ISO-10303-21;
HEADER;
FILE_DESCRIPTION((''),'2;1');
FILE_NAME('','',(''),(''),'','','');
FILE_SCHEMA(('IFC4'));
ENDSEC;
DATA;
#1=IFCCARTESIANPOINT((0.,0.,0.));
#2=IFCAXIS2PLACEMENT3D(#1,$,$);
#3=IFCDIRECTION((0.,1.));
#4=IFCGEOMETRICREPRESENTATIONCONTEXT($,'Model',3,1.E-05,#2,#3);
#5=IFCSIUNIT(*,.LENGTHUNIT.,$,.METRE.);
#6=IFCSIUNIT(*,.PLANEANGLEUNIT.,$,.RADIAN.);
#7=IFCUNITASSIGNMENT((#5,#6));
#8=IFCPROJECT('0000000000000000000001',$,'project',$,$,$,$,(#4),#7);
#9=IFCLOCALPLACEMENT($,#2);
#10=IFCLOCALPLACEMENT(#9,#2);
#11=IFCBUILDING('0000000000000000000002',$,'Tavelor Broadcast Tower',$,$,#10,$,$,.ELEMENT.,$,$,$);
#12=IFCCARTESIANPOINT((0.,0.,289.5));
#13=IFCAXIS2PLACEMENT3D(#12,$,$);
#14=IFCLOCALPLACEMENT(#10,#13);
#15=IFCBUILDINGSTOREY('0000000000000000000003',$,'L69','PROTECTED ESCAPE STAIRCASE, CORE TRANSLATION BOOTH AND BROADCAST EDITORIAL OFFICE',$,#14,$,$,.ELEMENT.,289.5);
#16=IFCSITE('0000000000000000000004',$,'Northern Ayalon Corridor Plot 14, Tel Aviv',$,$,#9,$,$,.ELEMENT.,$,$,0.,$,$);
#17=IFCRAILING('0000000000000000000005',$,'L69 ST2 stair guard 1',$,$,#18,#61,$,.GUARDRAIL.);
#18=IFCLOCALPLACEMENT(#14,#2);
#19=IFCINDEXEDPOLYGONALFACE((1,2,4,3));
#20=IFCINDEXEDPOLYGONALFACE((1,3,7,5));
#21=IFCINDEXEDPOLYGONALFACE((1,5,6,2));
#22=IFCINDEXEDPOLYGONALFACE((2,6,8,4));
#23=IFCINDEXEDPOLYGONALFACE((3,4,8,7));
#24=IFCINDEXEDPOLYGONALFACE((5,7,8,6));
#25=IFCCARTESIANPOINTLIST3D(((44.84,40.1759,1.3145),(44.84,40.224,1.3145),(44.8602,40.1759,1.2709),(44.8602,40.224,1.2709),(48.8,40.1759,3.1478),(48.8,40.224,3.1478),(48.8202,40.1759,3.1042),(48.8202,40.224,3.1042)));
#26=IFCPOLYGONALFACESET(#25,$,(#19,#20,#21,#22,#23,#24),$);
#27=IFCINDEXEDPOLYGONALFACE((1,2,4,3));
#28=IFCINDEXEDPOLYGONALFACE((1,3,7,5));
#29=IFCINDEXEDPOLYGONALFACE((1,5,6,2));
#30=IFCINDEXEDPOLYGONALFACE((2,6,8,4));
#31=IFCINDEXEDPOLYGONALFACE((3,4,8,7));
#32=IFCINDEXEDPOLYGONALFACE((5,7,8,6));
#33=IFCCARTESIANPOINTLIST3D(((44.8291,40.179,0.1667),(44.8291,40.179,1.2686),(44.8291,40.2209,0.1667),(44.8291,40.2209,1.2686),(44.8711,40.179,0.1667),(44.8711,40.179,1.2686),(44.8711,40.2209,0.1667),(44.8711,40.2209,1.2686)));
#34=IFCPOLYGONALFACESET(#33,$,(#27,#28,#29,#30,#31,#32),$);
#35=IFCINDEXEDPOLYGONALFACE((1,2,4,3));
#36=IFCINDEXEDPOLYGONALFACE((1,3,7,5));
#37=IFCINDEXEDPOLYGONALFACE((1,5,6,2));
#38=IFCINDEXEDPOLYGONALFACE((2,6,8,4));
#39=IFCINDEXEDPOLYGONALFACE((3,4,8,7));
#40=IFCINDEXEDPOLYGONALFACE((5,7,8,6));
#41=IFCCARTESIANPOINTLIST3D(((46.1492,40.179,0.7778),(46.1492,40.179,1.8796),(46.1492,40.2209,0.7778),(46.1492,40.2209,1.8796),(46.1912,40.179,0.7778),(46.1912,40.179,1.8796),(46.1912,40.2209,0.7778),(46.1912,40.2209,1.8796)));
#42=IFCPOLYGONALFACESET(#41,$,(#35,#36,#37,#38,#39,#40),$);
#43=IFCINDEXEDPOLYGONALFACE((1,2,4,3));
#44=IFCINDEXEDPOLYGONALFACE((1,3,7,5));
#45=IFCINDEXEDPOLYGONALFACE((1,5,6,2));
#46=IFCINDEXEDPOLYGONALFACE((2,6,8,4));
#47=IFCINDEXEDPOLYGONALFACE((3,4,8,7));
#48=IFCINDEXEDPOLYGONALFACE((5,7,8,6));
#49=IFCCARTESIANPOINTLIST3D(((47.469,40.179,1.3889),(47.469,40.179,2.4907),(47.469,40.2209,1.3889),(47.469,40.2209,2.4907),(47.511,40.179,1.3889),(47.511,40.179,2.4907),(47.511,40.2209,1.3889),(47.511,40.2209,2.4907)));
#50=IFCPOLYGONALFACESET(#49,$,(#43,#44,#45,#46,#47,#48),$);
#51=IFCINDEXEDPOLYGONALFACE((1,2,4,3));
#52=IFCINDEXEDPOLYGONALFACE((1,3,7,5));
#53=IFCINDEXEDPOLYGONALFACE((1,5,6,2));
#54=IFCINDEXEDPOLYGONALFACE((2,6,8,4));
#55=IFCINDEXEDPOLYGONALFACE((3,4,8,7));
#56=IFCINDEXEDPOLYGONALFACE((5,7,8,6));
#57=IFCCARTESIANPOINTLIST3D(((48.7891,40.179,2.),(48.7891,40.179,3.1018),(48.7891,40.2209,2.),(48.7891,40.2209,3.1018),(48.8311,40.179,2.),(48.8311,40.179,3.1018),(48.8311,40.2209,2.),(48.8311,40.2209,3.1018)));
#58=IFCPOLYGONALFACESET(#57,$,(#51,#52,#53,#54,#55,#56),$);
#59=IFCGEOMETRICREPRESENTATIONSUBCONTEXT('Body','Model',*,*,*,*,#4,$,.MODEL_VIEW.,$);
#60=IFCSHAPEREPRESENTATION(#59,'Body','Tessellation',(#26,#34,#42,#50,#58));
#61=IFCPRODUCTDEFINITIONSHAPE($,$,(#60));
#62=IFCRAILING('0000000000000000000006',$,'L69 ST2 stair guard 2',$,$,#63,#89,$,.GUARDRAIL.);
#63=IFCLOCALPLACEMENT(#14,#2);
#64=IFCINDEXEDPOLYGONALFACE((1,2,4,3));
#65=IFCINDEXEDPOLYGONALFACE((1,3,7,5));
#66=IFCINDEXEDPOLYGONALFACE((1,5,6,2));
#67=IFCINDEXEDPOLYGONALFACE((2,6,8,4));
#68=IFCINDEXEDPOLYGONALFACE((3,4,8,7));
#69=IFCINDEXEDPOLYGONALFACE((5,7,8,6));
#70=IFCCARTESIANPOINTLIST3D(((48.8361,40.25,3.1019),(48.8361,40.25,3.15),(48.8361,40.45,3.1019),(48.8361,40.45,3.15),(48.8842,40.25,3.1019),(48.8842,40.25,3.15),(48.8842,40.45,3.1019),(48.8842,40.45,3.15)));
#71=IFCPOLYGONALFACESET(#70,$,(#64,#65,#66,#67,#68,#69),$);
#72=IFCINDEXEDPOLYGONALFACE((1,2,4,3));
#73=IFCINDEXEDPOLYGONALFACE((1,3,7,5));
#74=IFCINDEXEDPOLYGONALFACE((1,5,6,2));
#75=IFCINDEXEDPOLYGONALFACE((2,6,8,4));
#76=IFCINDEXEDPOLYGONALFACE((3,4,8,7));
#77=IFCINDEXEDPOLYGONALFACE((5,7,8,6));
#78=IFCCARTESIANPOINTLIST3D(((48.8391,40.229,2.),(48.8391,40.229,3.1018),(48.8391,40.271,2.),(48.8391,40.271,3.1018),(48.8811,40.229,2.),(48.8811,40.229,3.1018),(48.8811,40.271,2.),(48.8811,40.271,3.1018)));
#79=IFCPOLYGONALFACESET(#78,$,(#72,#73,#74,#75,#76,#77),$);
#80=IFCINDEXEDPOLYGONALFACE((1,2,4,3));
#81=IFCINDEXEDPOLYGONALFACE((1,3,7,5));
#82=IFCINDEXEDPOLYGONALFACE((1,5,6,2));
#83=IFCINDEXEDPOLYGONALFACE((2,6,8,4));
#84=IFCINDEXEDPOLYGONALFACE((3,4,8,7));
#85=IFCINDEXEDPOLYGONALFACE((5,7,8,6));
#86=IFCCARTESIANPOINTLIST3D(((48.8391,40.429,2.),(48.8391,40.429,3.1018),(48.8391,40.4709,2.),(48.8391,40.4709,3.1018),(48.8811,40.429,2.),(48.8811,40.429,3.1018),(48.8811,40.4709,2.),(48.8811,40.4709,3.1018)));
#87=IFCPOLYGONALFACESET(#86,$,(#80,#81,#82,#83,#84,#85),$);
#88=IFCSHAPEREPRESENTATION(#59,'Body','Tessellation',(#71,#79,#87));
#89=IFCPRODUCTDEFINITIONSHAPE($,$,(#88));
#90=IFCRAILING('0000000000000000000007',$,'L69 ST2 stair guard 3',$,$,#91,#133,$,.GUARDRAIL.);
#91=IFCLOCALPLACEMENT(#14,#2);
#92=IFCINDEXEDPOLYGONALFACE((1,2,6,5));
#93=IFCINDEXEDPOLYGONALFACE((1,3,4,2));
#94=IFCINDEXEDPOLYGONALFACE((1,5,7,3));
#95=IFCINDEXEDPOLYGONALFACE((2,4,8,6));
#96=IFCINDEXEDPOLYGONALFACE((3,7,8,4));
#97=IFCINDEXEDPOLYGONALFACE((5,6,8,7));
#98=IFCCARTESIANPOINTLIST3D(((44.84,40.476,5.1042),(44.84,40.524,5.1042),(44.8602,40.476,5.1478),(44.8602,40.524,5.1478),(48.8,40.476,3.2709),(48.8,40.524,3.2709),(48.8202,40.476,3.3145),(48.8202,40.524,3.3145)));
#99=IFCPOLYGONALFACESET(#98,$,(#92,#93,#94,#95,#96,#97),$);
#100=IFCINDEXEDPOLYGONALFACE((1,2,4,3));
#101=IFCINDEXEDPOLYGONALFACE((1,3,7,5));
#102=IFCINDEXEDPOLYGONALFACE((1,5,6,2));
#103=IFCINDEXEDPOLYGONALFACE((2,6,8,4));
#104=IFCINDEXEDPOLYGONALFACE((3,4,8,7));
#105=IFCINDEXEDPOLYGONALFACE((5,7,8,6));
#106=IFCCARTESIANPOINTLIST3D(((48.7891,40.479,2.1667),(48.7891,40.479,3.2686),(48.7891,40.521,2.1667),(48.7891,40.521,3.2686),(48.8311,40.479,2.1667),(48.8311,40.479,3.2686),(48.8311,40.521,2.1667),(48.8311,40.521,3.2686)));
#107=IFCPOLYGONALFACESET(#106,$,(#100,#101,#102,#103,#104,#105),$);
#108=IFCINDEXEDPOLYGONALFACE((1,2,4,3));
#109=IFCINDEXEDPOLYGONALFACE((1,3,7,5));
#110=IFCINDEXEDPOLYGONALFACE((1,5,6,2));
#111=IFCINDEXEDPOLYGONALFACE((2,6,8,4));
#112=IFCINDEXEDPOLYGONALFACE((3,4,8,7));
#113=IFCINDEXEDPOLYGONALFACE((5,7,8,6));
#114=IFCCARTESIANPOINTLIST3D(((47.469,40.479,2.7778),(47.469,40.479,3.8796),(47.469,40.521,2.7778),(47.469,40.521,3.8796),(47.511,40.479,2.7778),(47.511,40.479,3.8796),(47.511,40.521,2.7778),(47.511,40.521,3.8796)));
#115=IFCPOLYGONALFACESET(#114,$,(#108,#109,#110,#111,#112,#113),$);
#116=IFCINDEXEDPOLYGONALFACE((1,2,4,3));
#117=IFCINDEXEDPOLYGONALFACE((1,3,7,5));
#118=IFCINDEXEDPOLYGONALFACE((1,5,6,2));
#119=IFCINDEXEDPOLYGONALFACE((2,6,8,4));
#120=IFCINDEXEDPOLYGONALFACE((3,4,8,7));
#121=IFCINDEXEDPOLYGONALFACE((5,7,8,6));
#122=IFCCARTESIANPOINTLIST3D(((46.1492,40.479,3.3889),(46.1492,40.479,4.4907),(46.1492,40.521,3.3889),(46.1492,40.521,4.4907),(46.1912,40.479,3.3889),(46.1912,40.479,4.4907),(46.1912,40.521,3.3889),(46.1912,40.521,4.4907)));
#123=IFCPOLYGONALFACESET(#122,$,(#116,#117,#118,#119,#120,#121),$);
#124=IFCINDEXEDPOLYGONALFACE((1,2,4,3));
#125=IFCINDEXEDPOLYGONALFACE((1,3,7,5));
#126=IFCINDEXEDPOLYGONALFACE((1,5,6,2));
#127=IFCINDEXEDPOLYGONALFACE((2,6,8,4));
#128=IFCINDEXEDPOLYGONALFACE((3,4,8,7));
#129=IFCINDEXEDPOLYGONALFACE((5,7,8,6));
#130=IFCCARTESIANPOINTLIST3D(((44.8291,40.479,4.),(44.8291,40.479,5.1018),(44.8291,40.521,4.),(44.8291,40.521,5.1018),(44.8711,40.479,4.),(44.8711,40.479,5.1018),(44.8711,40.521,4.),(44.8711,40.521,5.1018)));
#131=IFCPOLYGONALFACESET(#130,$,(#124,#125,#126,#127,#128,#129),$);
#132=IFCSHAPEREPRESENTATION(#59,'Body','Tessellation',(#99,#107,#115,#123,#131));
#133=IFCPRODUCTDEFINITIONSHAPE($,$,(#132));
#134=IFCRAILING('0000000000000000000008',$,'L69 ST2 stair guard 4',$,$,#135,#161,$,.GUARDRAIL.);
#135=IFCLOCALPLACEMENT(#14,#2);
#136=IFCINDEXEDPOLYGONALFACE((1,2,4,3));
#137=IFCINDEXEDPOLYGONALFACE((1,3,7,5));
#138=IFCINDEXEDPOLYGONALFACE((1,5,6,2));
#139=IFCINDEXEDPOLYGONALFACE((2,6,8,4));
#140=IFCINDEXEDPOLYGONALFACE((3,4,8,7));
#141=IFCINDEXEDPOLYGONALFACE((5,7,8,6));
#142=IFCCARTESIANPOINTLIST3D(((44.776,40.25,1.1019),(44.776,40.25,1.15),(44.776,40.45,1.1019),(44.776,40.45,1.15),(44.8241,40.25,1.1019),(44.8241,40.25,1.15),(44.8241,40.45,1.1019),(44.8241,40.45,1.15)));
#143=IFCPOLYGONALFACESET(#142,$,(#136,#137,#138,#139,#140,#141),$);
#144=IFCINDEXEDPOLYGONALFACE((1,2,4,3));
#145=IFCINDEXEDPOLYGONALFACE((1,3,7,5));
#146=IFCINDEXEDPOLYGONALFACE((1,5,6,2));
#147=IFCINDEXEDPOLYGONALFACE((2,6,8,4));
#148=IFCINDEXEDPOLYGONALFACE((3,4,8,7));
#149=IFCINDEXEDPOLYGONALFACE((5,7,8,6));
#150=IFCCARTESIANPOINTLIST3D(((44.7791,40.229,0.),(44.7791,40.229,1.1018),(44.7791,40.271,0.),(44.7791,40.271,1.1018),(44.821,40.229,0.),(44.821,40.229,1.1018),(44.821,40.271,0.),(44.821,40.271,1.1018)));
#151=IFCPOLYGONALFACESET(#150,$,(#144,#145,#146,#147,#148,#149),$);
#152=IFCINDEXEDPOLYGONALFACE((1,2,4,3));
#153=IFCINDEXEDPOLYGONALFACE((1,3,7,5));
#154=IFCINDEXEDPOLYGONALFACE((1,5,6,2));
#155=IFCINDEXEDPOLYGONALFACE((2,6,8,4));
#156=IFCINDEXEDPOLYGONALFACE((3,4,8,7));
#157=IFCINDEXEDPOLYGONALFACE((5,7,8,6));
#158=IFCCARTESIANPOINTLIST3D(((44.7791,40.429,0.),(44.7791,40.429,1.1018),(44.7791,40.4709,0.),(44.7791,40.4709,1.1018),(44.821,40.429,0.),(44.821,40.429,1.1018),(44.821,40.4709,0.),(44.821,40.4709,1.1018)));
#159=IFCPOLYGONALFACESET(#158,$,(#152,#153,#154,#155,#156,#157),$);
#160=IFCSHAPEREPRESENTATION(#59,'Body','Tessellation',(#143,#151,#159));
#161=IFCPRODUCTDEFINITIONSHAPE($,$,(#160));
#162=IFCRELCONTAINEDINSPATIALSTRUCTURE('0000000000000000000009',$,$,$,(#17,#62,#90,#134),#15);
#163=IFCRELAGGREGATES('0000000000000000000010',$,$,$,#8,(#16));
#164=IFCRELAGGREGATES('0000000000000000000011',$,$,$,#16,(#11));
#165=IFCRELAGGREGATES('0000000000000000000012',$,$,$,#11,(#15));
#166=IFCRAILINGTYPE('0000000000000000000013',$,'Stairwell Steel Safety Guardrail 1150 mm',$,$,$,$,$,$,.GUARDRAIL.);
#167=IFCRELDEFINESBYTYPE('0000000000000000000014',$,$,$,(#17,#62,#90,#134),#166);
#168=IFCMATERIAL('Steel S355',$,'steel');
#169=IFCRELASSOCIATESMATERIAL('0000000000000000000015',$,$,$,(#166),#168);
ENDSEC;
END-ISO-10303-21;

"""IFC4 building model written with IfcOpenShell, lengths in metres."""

from ifc_helpers import new_model, si_unit, direction, frame, origin, origin_2d, place, context, subcontext, project, spatial, rectangle, extrude, material, type_object, element, save


model = new_model("IFC4")

# Units and contexts
model_context = context("Model", 3, precision=1e-05, world=origin(), true_north=direction((0.0, 1.0)))
body_context = subcontext(model_context, "Body", "Model", "MODEL_VIEW")
ifc_project = project(units=[si_unit("LENGTHUNIT", "METRE"), si_unit("PLANEANGLEUNIT", "RADIAN")], contexts=[model_context])

# Site, building, storey
site_placement = place(None, origin())
site = spatial("IfcSite", under=ifc_project, at=site_placement, Name="Northern Ayalon Corridor Plot 14, Tel Aviv", CompositionType="ELEMENT", RefElevation=0.0)
building_placement = place(site_placement, origin())
building = spatial("IfcBuilding", under=site, at=building_placement, Name="Tavelor Broadcast Tower", CompositionType="ELEMENT")
storey_placement = place(building_placement, frame((0.0, 0.0, 289.5)))
storey = spatial("IfcBuildingStorey", under=building, at=storey_placement, Name="L69", Description="PROTECTED ESCAPE STAIRCASE, CORE TRANSLATION BOOTH AND BROADCAST EDITORIAL OFFICE", CompositionType="ELEMENT", Elevation=289.5)

# Shared definitions
ifc_material_1 = material(Name="Steel S355", Category="steel")

# Railings
railing_type_1 = type_object("IfcRailingType", Name="Stairwell Steel Safety Guardrail 1150 mm", PredefinedType="GUARDRAIL", material=ifc_material_1)
railing_1_placement = place(storey_placement, frame((44.8501, 40.2, 0.1667)))
element("IfcRailing", 1, at=railing_1_placement, inside=storey, type_object=railing_type_1, Name="L69 ST2 stair guard 1", PredefinedType="GUARDRAIL", context=body_context, shape_type="SweptSolid", body=[
    extrude(rectangle(XDim=0.0481, YDim=0.0481, at=origin_2d()), frame((0.0, 0.0, 1.126), z_axis=(0.907472, 0.0, 0.420112), x_axis=(0.0, 1.0, 0.0)), (0.0, 0.0, 1.0), 4.3638),
    extrude(rectangle(XDim=0.042, YDim=0.042, at=origin_2d()), origin(), (0.0, 0.0, 1.0), 1.1018),
    extrude(rectangle(XDim=0.042, YDim=0.042, at=origin_2d()), frame((1.3201, 0.0, 0.6111)), (0.0, 0.0, 1.0), 1.1018),
    extrude(rectangle(XDim=0.042, YDim=0.042, at=origin_2d()), frame((2.6399, 0.0, 1.2222)), (0.0, 0.0, 1.0), 1.1018),
    extrude(rectangle(XDim=0.042, YDim=0.042, at=origin_2d()), frame((3.96, 0.0, 1.8333)), (0.0, 0.0, 1.0), 1.1018),
])
railing_2_placement = place(storey_placement, frame((48.8601, 40.25, 2.0)))
element("IfcRailing", 2, at=railing_2_placement, inside=storey, type_object=railing_type_1, Name="L69 ST2 stair guard 2", PredefinedType="GUARDRAIL", context=body_context, shape_type="SweptSolid", body=[
    extrude(rectangle(XDim=0.0481, YDim=0.0481, at=origin_2d()), frame((0.0, 0.0, 1.126), z_axis=(0.0, 1.0, 0.0), x_axis=(-1.0, 0.0, 0.0)), (0.0, 0.0, 1.0), 0.2),
    extrude(rectangle(XDim=0.042, YDim=0.042, at=origin_2d()), origin(), (0.0, 0.0, 1.0), 1.1018),
    extrude(rectangle(XDim=0.042, YDim=0.042, at=origin_2d()), frame((0.0, 0.2, 0.0)), (0.0, 0.0, 1.0), 1.1018),
])
railing_3_placement = place(storey_placement, frame((48.8101, 40.5, 2.1667)))
element("IfcRailing", 3, at=railing_3_placement, inside=storey, type_object=railing_type_1, Name="L69 ST2 stair guard 3", PredefinedType="GUARDRAIL", context=body_context, shape_type="SweptSolid", body=[
    extrude(rectangle(XDim=0.0481, YDim=0.0481, at=origin_2d()), frame((0.0, 0.0, 1.126), z_axis=(-0.907472, 0.0, 0.420112), x_axis=(0.0, -1.0, 0.0)), (0.0, 0.0, 1.0), 4.3638),
    extrude(rectangle(XDim=0.042, YDim=0.042, at=origin_2d()), origin(), (0.0, 0.0, 1.0), 1.1018),
    extrude(rectangle(XDim=0.042, YDim=0.042, at=origin_2d()), frame((-1.3201, 0.0, 0.6111)), (0.0, 0.0, 1.0), 1.1018),
    extrude(rectangle(XDim=0.042, YDim=0.042, at=origin_2d()), frame((-2.6399, 0.0, 1.2222)), (0.0, 0.0, 1.0), 1.1018),
    extrude(rectangle(XDim=0.042, YDim=0.042, at=origin_2d()), frame((-3.96, 0.0, 1.8333)), (0.0, 0.0, 1.0), 1.1018),
])
railing_4_placement = place(storey_placement, frame((44.8, 40.25, 0.0)))
element("IfcRailing", 4, at=railing_4_placement, inside=storey, type_object=railing_type_1, Name="L69 ST2 stair guard 4", PredefinedType="GUARDRAIL", context=body_context, shape_type="SweptSolid", body=[
    extrude(rectangle(XDim=0.0481, YDim=0.0481, at=origin_2d()), frame((0.0, 0.0, 1.126), z_axis=(0.0, 1.0, 0.0), x_axis=(-1.0, 0.0, 0.0)), (0.0, 0.0, 1.0), 0.2),
    extrude(rectangle(XDim=0.042, YDim=0.042, at=origin_2d()), origin(), (0.0, 0.0, 1.0), 1.1018),
    extrude(rectangle(XDim=0.042, YDim=0.042, at=origin_2d()), frame((0.0, 0.2, 0.0)), (0.0, 0.0, 1.0), 1.1018),
])

save(model, "model.ifc")
